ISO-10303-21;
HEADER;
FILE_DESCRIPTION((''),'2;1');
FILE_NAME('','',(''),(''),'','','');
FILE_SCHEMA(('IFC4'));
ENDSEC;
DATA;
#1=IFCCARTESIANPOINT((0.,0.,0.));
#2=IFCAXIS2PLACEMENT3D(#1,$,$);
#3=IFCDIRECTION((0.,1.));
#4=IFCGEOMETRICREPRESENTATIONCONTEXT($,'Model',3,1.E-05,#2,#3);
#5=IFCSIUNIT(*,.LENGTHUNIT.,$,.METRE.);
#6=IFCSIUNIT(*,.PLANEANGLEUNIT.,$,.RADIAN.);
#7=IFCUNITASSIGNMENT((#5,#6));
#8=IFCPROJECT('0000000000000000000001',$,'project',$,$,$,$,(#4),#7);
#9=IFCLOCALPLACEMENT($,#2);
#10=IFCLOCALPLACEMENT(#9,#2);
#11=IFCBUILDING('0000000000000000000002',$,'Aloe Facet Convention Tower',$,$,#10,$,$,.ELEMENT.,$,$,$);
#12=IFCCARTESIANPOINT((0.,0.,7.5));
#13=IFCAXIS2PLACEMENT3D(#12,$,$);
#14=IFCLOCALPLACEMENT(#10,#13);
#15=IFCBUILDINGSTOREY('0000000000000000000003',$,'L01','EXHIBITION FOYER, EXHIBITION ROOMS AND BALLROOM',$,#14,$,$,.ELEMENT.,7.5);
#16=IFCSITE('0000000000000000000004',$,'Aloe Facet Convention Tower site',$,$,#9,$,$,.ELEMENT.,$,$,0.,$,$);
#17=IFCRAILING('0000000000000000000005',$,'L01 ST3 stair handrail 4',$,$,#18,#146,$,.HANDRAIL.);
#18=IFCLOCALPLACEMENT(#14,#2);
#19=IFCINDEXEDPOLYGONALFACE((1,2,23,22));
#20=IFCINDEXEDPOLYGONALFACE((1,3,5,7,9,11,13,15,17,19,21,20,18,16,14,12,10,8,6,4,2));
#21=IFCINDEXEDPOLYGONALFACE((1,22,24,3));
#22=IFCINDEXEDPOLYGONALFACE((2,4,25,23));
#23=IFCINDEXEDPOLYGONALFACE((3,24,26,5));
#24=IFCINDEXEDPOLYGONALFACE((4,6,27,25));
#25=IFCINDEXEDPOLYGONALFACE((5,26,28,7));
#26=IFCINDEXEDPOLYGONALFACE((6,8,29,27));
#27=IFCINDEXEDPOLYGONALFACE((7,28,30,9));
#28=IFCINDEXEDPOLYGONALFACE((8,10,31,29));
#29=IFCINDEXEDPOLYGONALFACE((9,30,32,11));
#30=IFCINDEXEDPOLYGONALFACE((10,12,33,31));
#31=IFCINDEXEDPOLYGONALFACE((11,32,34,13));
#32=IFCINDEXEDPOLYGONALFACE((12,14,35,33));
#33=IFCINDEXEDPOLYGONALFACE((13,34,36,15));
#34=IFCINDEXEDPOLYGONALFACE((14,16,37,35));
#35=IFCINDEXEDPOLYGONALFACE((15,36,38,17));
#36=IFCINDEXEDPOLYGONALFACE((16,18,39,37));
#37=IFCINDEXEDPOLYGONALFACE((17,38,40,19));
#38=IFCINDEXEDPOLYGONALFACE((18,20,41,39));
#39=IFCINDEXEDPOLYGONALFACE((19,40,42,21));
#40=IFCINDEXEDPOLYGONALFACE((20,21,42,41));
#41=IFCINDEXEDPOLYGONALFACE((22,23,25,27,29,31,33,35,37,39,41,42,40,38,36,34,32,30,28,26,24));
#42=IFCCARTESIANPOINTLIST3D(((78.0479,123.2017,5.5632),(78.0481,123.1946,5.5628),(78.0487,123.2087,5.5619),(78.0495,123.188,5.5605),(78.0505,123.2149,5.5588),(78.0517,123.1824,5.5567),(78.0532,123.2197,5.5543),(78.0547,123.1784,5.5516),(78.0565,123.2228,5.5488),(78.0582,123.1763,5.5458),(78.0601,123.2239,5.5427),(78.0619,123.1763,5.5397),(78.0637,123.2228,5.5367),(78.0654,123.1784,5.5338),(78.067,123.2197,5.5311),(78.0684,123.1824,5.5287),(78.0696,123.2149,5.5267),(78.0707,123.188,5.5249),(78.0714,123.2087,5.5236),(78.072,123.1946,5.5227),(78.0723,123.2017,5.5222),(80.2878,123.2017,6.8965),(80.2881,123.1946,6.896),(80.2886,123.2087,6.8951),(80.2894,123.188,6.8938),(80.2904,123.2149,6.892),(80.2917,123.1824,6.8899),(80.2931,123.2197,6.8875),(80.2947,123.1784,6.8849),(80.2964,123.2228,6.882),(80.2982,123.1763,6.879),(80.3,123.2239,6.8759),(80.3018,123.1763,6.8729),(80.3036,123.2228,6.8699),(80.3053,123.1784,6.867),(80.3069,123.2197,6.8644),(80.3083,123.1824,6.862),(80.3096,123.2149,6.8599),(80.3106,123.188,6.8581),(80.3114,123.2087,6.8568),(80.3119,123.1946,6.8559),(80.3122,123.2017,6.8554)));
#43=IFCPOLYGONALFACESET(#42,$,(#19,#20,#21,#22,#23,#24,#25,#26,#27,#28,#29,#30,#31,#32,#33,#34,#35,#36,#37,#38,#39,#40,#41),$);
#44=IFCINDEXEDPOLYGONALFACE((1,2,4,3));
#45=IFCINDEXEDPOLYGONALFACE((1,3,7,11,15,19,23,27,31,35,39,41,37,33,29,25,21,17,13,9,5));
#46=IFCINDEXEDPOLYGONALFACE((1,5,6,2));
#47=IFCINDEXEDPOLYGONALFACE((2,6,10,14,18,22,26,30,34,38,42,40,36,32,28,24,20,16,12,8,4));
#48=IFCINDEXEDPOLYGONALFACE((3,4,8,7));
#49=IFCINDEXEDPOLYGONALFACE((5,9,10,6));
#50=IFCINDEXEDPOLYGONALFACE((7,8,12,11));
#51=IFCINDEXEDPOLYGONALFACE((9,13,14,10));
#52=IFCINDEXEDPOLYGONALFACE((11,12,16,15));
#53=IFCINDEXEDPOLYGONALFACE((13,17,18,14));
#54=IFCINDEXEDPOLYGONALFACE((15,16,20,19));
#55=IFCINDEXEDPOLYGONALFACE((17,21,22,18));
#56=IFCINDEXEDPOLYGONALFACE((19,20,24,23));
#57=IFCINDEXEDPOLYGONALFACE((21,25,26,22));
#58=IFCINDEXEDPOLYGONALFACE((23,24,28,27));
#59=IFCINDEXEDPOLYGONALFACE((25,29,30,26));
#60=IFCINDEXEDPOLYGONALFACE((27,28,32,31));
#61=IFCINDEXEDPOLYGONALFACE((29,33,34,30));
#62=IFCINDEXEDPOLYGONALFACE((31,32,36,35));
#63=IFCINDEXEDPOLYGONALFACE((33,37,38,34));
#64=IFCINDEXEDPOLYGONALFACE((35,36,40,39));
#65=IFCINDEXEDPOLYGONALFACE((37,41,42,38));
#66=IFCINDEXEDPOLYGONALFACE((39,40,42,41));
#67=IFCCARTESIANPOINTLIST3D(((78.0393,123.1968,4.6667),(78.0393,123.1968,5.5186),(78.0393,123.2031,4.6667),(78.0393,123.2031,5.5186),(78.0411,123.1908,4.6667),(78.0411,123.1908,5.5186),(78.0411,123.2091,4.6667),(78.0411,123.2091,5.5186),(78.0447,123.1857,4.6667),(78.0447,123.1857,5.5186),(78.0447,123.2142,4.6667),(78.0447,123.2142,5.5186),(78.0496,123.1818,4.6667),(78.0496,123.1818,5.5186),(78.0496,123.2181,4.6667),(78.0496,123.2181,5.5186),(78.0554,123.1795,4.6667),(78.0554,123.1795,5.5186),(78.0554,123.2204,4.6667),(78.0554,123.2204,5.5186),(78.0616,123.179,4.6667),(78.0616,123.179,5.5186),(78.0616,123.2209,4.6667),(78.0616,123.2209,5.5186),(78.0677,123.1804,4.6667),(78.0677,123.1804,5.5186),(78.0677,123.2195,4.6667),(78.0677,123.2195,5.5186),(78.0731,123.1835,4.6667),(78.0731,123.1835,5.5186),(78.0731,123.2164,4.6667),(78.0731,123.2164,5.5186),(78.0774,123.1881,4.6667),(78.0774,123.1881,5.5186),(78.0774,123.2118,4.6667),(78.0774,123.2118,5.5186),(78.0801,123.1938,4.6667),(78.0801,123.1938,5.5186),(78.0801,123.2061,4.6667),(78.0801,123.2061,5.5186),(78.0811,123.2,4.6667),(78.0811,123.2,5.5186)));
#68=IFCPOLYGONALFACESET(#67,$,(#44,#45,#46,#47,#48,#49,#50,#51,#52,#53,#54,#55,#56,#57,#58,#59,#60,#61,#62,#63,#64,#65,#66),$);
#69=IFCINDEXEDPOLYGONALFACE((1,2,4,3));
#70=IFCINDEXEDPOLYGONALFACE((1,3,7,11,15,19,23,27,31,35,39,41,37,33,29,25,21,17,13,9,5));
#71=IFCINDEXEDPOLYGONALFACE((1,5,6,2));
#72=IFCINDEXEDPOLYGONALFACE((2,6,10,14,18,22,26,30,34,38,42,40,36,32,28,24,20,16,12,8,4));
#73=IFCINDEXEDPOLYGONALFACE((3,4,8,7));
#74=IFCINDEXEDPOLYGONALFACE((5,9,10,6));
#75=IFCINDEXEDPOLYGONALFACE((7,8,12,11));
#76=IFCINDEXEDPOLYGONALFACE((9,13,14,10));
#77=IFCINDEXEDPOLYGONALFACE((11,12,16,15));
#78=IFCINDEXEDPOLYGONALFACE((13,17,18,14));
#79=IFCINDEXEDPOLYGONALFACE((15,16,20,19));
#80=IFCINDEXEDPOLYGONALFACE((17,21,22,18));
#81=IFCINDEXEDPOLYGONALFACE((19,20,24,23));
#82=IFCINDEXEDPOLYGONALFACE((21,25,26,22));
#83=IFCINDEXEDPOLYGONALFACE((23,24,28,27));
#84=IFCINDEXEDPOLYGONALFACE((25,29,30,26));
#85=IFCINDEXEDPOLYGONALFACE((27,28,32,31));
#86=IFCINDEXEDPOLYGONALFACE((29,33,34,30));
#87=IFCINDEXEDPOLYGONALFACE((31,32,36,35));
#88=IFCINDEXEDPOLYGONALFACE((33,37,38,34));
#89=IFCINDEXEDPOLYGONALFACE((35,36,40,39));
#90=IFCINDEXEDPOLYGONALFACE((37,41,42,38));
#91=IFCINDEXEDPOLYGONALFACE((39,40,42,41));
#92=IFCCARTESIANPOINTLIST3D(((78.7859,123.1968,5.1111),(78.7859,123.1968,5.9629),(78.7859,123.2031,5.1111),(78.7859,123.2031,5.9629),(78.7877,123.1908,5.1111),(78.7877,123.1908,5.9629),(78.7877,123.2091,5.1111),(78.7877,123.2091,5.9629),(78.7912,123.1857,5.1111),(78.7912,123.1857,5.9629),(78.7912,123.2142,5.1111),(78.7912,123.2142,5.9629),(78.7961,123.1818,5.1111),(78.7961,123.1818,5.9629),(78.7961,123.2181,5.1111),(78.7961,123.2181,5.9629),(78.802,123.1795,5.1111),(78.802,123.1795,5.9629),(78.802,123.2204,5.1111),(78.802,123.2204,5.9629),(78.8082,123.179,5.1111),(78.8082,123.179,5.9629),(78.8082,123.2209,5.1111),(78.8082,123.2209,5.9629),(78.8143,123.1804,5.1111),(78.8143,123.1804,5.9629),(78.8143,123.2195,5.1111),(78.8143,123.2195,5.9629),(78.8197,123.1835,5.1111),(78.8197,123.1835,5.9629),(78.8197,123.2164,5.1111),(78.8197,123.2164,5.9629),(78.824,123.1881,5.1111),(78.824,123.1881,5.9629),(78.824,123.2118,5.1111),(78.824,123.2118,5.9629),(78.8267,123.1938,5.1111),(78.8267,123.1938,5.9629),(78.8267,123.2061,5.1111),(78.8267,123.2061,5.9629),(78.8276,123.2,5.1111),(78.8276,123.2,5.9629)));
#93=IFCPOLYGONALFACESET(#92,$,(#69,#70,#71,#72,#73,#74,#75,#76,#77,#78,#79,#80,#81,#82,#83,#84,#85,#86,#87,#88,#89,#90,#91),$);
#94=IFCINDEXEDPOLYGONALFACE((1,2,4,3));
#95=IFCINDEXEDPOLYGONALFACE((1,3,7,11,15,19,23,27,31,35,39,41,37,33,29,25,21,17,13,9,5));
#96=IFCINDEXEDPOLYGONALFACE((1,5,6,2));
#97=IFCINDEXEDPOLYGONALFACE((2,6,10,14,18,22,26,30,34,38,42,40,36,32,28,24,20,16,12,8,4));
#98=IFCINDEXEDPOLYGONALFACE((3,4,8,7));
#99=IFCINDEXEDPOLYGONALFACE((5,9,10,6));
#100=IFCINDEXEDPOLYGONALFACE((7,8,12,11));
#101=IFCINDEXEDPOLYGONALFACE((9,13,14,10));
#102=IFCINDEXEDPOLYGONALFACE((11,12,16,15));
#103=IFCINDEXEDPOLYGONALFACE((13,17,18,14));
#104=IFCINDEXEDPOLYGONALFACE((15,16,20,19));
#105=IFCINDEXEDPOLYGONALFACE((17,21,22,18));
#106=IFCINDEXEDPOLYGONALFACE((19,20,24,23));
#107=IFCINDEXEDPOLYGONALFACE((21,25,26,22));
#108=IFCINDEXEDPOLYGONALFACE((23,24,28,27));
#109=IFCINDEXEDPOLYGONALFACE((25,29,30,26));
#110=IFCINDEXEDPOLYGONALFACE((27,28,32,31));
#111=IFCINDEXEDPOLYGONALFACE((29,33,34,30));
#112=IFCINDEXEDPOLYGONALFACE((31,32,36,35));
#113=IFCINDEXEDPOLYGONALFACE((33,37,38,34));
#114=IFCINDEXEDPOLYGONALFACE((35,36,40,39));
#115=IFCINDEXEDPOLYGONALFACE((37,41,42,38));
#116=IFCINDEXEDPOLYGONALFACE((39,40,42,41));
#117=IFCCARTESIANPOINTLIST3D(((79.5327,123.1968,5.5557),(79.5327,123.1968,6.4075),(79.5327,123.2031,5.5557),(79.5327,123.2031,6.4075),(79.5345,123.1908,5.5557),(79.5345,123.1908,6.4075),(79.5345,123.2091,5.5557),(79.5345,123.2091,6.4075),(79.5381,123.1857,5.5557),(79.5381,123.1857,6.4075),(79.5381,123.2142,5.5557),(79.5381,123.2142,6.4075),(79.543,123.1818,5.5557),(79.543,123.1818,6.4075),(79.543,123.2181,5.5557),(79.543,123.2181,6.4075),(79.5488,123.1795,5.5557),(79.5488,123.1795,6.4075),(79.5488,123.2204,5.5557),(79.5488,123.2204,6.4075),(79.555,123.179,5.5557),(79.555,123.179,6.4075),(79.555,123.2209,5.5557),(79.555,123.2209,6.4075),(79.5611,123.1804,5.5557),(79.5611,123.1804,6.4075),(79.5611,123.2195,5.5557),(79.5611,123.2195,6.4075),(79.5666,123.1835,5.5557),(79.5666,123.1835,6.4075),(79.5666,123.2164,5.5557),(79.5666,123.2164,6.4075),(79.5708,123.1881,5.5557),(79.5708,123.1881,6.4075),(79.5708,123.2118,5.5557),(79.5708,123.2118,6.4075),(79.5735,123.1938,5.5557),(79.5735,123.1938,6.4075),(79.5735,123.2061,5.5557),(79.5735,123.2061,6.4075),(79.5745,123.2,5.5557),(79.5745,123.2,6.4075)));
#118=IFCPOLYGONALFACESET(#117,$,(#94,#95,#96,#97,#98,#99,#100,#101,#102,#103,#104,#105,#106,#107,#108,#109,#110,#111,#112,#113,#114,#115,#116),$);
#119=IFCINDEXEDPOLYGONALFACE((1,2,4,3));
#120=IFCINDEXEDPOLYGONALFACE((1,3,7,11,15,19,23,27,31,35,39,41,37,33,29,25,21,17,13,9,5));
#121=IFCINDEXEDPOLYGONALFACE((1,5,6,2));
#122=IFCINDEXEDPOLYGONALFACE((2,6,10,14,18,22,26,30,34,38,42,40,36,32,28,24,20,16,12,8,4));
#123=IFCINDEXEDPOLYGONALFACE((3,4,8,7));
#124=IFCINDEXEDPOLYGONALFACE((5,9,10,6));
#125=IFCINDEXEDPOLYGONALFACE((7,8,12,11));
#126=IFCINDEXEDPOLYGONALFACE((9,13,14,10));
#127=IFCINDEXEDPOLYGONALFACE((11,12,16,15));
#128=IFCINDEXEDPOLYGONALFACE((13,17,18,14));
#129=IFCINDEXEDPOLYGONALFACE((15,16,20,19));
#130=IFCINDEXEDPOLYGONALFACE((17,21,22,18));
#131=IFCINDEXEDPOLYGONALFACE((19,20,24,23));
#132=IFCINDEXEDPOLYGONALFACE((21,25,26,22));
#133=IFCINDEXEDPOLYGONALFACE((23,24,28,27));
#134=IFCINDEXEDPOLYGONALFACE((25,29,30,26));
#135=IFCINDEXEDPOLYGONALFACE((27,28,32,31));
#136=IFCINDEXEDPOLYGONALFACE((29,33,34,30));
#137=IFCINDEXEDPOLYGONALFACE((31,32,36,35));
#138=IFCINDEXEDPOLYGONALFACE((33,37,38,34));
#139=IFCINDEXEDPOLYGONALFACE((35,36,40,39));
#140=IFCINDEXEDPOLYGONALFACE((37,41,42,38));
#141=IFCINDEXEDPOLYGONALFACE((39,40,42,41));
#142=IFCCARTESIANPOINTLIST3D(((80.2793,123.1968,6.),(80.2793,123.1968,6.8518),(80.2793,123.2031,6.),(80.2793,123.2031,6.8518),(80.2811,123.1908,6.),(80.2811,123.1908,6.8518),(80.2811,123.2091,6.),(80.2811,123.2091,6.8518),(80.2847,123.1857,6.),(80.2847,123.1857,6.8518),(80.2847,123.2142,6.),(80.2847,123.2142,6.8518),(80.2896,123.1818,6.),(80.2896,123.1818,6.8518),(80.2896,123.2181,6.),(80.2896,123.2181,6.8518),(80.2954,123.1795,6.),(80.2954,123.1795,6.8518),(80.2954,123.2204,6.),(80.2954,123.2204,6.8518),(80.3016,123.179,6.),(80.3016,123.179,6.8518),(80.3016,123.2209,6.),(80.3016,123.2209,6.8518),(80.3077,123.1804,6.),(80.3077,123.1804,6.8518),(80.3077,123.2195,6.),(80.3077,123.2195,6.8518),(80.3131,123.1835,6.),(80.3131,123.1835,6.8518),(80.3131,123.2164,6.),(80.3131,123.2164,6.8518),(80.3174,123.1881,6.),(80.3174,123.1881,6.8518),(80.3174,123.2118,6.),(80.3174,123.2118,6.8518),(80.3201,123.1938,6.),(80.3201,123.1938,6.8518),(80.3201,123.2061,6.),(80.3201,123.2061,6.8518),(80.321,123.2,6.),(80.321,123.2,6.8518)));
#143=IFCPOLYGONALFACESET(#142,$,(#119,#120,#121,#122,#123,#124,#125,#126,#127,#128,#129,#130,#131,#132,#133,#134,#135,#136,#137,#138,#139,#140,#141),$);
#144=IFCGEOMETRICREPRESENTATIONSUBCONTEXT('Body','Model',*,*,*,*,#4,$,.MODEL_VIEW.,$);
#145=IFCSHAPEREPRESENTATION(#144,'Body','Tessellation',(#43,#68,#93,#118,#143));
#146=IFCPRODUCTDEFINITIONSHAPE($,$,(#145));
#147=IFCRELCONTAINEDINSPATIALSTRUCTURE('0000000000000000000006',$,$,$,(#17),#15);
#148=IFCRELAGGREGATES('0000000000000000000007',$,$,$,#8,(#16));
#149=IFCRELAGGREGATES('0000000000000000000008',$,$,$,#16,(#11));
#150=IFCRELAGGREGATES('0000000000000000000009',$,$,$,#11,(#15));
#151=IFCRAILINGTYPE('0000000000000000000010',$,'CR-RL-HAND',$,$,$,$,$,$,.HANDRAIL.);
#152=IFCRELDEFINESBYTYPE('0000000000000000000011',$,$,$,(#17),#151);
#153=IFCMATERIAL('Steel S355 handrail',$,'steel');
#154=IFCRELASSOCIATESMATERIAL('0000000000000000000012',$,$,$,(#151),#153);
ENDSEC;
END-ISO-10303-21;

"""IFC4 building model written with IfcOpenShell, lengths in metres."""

from ifc_helpers import new_model, si_unit, direction, frame, origin, origin_2d, place, context, subcontext, project, spatial, circle, extrude, material, type_object, element, save


model = new_model("IFC4")

# Units and contexts
model_context = context("Model", 3, precision=1e-05, world=origin(), true_north=direction((0.0, 1.0)))
body_context = subcontext(model_context, "Body", "Model", "MODEL_VIEW")
ifc_project = project(units=[si_unit("LENGTHUNIT", "METRE"), si_unit("PLANEANGLEUNIT", "RADIAN")], contexts=[model_context])

# Site, building, storey
site_placement = place(None, origin())
site = spatial("IfcSite", under=ifc_project, at=site_placement, Name="Aloe Facet Convention Tower site", CompositionType="ELEMENT", RefElevation=0.0)
building_placement = place(site_placement, origin())
building = spatial("IfcBuilding", under=site, at=building_placement, Name="Aloe Facet Convention Tower", CompositionType="ELEMENT")
storey_placement = place(building_placement, frame((0.0, 0.0, 7.5)))
storey = spatial("IfcBuildingStorey", under=building, at=storey_placement, Name="L01", Description="EXHIBITION FOYER, EXHIBITION ROOMS AND BALLROOM", CompositionType="ELEMENT", Elevation=7.5)

# Railing
ifc_material_1 = material(Name="Steel S355 handrail", Category="steel")
railing_type_1 = type_object("IfcRailingType", Name="CR-RL-HAND", PredefinedType="HANDRAIL", material=ifc_material_1)
railing_1_placement = place(storey_placement, frame((78.0601, 123.2, 4.6667)))
element("IfcRailing", 1, at=railing_1_placement, inside=storey, type_object=railing_type_1, Name="L01 ST3 stair handrail 4", PredefinedType="HANDRAIL", context=body_context, shape_type="SweptSolid", body=[
    extrude(circle(Radius=0.0239, at=origin_2d()), frame((0.0, 0.0, 0.876), z_axis=(0.859306, 0.0, 0.511462), x_axis=(0.0, 1.0, 0.0)), (0.0, 0.0, 1.0), 2.6067),
    extrude(circle(Radius=0.021, at=origin_2d()), origin(), (0.0, 0.0, 1.0), 0.8518),
    extrude(circle(Radius=0.021, at=origin_2d()), frame((0.7466, 0.0, 0.4443)), (0.0, 0.0, 1.0), 0.8518),
    extrude(circle(Radius=0.021, at=origin_2d()), frame((1.4934, 0.0, 0.8889)), (0.0, 0.0, 1.0), 0.8518),
    extrude(circle(Radius=0.021, at=origin_2d()), frame((2.24, 0.0, 1.3333)), (0.0, 0.0, 1.0), 0.8518),
])

save(model, "model.ifc")
